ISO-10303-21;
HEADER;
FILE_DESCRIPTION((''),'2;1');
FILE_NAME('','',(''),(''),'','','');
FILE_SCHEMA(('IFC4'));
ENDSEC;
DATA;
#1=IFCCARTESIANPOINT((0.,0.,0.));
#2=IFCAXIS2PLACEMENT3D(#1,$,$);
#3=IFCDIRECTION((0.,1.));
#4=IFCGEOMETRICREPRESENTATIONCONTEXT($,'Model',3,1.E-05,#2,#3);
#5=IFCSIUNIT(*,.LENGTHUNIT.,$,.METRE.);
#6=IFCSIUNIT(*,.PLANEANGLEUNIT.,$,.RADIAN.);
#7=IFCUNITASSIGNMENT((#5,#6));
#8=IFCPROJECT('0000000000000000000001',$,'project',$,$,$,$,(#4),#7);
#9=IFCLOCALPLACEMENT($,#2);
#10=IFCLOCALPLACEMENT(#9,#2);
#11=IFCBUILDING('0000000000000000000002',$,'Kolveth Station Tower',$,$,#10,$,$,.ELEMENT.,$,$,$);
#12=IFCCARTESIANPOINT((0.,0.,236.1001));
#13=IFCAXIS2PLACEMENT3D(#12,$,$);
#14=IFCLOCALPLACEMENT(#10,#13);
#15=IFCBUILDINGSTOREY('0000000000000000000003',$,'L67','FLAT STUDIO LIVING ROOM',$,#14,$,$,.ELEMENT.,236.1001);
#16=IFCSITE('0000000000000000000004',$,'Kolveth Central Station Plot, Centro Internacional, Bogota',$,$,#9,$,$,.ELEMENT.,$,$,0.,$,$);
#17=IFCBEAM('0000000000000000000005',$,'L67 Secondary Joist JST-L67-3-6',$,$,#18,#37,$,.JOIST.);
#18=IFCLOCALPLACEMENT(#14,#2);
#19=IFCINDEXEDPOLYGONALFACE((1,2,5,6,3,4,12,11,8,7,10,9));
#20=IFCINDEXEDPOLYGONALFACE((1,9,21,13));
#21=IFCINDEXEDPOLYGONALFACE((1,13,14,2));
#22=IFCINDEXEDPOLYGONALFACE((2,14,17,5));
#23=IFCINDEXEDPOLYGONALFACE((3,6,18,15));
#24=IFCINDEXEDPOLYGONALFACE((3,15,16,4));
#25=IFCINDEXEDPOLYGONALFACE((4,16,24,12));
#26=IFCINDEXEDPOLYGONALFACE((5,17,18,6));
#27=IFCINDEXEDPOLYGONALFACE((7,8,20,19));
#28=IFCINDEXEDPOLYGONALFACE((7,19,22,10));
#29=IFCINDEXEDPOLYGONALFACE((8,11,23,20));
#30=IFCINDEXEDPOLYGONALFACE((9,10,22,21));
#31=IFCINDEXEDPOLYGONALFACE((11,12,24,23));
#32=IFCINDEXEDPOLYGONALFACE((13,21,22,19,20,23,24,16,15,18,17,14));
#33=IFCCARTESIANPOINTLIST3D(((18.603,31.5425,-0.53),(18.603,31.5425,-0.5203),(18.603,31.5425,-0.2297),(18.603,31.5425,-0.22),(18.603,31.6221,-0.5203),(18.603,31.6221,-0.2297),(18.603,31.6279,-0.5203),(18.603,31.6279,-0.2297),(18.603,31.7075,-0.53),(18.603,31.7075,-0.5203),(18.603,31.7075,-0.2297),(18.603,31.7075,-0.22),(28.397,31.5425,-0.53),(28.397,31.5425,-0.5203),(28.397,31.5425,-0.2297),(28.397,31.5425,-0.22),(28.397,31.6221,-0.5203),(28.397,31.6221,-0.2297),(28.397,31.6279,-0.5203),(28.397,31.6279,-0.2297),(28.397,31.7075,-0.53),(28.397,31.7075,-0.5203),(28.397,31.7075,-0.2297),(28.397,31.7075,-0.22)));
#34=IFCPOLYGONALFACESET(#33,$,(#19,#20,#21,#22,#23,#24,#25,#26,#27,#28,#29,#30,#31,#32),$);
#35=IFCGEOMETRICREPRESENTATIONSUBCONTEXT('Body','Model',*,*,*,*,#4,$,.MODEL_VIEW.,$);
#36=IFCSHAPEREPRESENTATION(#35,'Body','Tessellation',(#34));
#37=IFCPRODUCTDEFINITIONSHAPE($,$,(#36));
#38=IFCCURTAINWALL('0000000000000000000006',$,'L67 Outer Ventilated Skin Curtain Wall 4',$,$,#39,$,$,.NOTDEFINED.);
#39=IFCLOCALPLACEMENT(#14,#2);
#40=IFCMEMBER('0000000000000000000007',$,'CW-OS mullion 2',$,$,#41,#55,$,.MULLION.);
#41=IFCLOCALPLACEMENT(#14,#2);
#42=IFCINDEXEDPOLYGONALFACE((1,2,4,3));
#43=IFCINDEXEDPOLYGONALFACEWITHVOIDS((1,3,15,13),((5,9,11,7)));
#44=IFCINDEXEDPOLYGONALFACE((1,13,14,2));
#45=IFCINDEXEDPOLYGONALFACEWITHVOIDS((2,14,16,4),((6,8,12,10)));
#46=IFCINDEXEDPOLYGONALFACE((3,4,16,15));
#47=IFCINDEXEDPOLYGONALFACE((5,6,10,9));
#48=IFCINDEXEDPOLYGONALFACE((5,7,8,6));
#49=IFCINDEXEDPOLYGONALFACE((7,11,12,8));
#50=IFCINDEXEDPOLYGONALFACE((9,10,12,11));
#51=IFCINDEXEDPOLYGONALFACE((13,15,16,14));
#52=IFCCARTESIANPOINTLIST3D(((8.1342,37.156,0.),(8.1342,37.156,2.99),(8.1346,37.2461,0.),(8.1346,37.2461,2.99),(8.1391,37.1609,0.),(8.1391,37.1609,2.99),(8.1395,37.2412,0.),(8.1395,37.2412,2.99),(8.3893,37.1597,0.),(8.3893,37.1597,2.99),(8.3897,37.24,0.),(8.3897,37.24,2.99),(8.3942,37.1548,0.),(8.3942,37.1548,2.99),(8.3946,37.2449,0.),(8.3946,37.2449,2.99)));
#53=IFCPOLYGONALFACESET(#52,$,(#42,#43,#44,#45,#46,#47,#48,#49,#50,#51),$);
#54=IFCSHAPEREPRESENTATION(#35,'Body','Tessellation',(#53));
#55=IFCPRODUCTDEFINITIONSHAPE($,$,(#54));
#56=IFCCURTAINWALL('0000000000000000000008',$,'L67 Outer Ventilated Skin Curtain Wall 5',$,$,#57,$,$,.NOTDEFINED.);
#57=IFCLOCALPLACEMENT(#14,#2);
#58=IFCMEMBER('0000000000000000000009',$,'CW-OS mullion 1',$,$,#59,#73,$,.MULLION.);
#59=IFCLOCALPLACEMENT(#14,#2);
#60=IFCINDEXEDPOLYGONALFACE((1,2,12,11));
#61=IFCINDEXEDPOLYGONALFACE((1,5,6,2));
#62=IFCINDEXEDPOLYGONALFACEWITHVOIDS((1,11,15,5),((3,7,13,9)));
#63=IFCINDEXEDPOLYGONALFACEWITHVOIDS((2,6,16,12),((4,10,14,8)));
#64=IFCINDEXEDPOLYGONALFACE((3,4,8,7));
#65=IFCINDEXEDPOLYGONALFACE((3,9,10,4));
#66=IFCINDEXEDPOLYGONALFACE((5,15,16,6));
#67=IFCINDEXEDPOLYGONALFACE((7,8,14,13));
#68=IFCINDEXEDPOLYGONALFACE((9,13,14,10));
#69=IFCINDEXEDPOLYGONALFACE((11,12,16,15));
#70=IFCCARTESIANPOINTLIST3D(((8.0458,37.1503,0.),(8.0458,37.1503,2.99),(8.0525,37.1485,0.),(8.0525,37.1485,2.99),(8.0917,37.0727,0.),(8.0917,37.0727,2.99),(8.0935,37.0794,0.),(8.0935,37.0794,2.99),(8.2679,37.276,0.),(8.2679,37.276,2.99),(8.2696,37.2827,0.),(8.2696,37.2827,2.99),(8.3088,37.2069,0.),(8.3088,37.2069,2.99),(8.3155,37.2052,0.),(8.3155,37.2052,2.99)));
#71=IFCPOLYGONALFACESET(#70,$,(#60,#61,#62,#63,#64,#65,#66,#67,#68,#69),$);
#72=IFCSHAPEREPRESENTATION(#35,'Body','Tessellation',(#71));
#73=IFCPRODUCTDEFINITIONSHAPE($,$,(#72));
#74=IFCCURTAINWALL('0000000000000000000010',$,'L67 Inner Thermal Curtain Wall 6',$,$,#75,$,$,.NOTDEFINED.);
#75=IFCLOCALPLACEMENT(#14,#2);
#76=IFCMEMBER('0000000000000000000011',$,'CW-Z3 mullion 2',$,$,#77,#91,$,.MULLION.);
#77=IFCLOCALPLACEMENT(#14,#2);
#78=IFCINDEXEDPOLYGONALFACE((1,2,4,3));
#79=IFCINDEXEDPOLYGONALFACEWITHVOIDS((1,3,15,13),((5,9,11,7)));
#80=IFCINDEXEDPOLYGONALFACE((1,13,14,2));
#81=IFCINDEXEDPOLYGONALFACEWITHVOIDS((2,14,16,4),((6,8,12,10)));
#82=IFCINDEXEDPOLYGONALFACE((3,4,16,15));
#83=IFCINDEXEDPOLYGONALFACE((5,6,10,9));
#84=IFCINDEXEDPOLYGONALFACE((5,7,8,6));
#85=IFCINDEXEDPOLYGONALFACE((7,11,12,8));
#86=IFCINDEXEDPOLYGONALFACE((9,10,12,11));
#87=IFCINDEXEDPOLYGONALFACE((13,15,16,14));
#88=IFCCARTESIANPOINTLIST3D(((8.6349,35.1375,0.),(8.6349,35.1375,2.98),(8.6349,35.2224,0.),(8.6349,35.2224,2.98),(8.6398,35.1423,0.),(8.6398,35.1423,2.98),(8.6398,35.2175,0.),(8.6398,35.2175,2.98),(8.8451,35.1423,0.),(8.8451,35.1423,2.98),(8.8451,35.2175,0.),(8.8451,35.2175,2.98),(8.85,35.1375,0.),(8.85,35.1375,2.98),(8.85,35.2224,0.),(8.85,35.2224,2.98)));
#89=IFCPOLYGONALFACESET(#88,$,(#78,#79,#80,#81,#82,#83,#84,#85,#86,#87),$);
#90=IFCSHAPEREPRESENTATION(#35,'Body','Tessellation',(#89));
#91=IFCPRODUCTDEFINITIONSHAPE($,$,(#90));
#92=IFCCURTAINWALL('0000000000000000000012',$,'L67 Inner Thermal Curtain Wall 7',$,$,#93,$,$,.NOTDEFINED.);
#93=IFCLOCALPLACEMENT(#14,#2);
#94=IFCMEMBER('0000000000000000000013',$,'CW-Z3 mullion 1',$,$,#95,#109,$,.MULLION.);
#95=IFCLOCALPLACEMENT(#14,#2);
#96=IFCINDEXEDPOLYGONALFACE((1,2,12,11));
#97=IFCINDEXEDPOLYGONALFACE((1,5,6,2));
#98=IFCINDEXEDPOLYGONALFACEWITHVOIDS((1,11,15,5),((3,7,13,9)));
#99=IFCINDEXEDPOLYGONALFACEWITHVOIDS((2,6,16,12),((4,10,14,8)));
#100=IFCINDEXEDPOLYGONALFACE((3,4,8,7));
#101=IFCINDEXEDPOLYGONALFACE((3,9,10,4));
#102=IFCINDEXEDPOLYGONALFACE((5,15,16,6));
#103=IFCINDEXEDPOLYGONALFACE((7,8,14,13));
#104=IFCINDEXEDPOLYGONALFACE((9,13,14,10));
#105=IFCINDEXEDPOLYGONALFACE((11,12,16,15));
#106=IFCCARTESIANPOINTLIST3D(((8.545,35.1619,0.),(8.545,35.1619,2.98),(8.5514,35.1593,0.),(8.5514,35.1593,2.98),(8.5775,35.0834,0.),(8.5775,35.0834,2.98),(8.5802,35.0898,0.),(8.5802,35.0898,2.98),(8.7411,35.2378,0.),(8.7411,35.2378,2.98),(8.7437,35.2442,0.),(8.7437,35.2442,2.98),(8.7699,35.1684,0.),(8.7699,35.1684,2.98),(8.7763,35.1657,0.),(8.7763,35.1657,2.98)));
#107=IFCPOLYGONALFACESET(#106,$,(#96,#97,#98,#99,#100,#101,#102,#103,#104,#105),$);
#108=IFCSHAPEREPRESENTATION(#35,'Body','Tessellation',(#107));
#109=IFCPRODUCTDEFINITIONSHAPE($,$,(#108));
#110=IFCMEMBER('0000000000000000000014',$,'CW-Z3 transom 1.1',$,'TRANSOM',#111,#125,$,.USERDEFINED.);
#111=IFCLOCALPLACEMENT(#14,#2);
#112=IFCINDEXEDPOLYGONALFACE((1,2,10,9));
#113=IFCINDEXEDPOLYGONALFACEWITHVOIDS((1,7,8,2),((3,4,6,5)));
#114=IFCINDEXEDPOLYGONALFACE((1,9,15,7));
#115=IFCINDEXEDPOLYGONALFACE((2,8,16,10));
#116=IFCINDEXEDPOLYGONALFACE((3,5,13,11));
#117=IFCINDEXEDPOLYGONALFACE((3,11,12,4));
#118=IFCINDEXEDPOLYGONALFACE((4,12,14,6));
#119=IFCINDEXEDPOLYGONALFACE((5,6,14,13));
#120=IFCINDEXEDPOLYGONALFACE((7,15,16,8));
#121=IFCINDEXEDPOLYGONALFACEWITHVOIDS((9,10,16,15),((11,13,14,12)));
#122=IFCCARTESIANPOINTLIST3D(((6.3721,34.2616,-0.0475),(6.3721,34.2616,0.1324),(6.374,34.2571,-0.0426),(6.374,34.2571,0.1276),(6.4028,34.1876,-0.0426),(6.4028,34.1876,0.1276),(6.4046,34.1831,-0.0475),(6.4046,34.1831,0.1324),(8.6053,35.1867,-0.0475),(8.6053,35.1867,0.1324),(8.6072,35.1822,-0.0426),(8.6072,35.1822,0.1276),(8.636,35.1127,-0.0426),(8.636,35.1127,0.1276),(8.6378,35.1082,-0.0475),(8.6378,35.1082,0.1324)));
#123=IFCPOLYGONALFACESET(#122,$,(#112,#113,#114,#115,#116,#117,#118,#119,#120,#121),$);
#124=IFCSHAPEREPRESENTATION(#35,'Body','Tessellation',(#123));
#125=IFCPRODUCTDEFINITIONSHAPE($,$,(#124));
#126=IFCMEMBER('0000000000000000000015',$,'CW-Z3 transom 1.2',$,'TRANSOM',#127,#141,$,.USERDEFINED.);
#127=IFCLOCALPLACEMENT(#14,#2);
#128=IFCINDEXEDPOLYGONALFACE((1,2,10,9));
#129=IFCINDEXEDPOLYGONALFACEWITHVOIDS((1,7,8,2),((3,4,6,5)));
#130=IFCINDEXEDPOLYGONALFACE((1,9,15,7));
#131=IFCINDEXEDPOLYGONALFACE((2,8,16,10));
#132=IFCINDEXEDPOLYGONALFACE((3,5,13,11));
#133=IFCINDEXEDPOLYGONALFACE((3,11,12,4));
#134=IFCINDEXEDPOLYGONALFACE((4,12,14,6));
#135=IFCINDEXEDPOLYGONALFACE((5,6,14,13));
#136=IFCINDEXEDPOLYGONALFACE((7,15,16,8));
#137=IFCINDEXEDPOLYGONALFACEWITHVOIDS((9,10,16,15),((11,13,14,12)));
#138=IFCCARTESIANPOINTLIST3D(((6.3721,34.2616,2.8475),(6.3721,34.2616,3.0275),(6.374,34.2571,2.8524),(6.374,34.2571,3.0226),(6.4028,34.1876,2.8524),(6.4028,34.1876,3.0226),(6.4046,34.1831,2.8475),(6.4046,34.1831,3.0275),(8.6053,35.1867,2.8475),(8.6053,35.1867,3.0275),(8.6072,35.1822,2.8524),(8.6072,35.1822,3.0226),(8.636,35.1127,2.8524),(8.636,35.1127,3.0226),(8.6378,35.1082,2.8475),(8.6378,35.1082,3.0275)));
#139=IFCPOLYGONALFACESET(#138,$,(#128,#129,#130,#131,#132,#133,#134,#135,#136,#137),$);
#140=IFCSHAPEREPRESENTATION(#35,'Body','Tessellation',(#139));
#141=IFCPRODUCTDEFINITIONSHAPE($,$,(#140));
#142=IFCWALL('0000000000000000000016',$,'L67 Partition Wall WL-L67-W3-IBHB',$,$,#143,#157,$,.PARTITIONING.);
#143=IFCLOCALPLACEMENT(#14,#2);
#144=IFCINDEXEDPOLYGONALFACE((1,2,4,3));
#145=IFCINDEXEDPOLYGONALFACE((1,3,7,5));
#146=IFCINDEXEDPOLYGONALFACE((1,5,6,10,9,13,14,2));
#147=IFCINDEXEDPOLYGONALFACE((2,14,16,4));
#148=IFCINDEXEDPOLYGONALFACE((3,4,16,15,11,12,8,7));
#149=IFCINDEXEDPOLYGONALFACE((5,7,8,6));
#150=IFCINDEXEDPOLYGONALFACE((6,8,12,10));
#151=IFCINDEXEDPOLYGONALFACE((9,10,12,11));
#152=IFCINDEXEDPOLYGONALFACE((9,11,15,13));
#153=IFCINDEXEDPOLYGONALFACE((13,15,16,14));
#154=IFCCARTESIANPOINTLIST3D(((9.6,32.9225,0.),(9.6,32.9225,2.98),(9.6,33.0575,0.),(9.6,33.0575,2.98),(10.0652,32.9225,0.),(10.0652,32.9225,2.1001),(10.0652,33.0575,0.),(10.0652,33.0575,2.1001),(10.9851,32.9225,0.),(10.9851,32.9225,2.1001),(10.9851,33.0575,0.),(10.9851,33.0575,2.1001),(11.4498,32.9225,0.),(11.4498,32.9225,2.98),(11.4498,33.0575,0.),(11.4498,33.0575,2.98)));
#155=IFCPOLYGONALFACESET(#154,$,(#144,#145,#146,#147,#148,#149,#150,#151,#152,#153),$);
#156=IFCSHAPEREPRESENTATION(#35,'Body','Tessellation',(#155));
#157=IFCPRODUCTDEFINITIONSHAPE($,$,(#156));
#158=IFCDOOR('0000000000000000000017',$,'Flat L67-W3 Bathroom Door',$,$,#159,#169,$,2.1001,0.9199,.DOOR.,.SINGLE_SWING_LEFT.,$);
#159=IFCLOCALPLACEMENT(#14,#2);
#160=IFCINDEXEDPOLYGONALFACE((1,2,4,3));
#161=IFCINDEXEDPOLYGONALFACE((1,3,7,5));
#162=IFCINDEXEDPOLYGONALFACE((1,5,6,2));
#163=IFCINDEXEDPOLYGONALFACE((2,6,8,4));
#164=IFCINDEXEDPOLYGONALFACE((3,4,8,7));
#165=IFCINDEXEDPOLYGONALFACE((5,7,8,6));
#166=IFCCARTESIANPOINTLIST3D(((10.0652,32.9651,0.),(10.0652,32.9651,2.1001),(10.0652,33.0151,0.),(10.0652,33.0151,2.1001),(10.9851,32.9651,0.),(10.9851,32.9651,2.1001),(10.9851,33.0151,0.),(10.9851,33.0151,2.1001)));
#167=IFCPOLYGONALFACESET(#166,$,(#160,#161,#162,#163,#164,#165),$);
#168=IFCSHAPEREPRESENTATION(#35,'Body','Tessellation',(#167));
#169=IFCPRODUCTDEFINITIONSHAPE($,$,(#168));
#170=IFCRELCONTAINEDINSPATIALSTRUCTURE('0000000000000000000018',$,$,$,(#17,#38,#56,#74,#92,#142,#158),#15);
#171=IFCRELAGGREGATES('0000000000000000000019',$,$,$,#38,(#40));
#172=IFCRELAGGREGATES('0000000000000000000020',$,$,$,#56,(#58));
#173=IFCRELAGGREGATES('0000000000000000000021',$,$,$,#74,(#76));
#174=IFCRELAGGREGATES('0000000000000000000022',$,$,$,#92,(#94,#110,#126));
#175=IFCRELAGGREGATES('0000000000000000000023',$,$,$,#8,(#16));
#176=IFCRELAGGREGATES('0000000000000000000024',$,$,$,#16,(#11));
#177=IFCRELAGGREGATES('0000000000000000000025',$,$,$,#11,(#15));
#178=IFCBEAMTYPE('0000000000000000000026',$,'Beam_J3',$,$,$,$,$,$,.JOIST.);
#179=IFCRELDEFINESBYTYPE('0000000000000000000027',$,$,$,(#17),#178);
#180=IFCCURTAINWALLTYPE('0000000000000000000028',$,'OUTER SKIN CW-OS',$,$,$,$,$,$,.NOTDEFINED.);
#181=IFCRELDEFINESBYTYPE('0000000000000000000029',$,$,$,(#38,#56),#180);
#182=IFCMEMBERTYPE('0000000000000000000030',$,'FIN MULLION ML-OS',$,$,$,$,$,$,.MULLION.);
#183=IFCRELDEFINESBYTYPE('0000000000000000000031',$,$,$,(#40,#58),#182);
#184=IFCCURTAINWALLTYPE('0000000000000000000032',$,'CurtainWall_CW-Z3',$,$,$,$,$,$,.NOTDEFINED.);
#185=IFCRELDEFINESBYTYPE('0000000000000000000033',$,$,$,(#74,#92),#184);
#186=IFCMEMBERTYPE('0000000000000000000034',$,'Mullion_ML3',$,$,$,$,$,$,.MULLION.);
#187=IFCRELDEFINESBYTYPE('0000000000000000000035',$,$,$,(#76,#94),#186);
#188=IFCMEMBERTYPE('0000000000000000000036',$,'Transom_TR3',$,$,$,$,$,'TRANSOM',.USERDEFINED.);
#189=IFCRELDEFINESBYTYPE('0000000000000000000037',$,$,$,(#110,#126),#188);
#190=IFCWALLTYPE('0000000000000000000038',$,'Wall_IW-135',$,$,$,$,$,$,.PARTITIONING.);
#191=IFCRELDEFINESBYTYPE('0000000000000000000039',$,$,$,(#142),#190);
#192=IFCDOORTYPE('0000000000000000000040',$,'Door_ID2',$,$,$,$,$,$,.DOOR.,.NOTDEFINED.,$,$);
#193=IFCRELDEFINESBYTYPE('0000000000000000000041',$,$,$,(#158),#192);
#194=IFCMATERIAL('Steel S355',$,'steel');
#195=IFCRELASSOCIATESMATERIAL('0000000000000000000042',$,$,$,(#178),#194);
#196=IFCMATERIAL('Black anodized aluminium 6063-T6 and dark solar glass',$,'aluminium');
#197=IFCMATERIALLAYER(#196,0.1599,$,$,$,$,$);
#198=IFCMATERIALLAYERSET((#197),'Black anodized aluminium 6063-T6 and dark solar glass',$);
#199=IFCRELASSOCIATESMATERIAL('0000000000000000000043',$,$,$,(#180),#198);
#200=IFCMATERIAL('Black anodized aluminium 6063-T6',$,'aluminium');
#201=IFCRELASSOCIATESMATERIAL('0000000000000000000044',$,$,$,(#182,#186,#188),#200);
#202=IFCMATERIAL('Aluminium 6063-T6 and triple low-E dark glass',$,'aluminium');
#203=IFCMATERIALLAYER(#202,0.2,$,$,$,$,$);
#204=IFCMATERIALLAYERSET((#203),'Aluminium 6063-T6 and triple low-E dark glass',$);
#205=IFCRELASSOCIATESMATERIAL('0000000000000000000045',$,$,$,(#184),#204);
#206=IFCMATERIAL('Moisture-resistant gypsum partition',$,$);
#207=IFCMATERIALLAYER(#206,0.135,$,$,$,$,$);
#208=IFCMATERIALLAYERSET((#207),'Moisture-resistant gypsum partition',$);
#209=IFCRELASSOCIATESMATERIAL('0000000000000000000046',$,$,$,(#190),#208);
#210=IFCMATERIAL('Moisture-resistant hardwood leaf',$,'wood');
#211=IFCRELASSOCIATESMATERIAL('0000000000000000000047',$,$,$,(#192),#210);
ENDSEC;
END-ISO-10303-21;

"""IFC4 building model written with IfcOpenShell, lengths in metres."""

from ifc_helpers import new_model, si_unit, direction, frame, frame_2d, origin, origin_2d, place, context, subcontext, project, spatial, rectangle, hollow_rectangle, i_section, extrude, source, transform, mapped, material, layer, layer_set, material_profile, profile_set, type_object, element, fill, aggregate, save


model = new_model("IFC4")

# Units and contexts
model_context = context("Model", 3, precision=1e-05, world=origin(), true_north=direction((0.0, 1.0)))
body_context = subcontext(model_context, "Body", "Model", "MODEL_VIEW")
ifc_project = project(units=[si_unit("LENGTHUNIT", "METRE"), si_unit("PLANEANGLEUNIT", "RADIAN")], contexts=[model_context])

# Site, building, storey
site_placement = place(None, origin())
site = spatial("IfcSite", under=ifc_project, at=site_placement, Name="Kolveth Central Station Plot, Centro Internacional, Bogota", CompositionType="ELEMENT", RefElevation=0.0)
building_placement = place(site_placement, origin())
building = spatial("IfcBuilding", under=site, at=building_placement, Name="Kolveth Station Tower", CompositionType="ELEMENT")
storey_placement = place(building_placement, frame((0.0, 0.0, 236.1001)))
storey = spatial("IfcBuildingStorey", under=building, at=storey_placement, Name="L67", Description="FLAT STUDIO LIVING ROOM", CompositionType="ELEMENT", Elevation=236.1001)

# Shared definitions
ifc_material_1 = material(Name="Steel S355", Category="steel")

# Beam
ifc_material_profile_1 = material_profile(ifc_material_1, i_section(OverallWidth=0.165, OverallDepth=0.3101, WebThickness=0.0059, FlangeThickness=0.0098, at=origin_2d()), Name="W310x39")
ifc_profile_set_1 = profile_set([ifc_material_profile_1], Name="Steel S355")
beam_type_1 = type_object("IfcBeamType", Name="Beam_J3", PredefinedType="JOIST", material=ifc_profile_set_1)
shared_shape_1 = source(origin(), body_context, "Body", "SweptSolid", [
    extrude(i_section(OverallWidth=0.165, OverallDepth=0.3101, WebThickness=0.0059, FlangeThickness=0.0098, at=origin_2d()), origin(), (0.0, 0.0, 1.0), 9.7939),
])
beam_1_placement = place(storey_placement, frame((18.603, 31.625, -0.375), z_axis=(1.0, 0.0, 0.0), x_axis=(0.0, 1.0, 0.0)))
element("IfcBeam", 1, at=beam_1_placement, inside=storey, type_object=beam_type_1, Name="L67 Secondary Joist JST-L67-3-6", PredefinedType="JOIST", context=body_context, shape_type="MappedRepresentation", body=[
    mapped(shared_shape_1, transform((0.0, 0.0, 0.0), x_axis=(1.0, 0.0, 0.0), y_axis=(0.0, 1.0, 0.0), z_axis=(0.0, 0.0, 1.0), scale=1.0)),
])

# Curtain walls, members
ifc_material_2 = material(Name="Black anodized aluminium 6063-T6 and dark solar glass", Category="aluminium")
ifc_layer_1 = layer(ifc_material_2, 0.1599)
ifc_layer_set_1 = layer_set([ifc_layer_1], Name="Black anodized aluminium 6063-T6 and dark solar glass")
curtain_wall_type_1 = type_object("IfcCurtainWallType", Name="OUTER SKIN CW-OS", PredefinedType="NOTDEFINED", material=ifc_layer_set_1)
curtain_wall_1_placement = place(storey_placement, origin())
curtain_wall_1 = element("IfcCurtainWall", 2, at=curtain_wall_1_placement, inside=storey, type_object=curtain_wall_type_1, Name="L67 Outer Ventilated Skin Curtain Wall 4", PredefinedType="NOTDEFINED")
ifc_material_3 = material(Name="Black anodized aluminium 6063-T6", Category="aluminium")
ifc_material_profile_2 = material_profile(ifc_material_3, hollow_rectangle(XDim=0.0901, YDim=0.26, WallThickness=0.0049, at=origin_2d()), Name="ALU-90x260x5")
ifc_profile_set_2 = profile_set([ifc_material_profile_2], Name="Black anodized aluminium 6063-T6")
member_type_1 = type_object("IfcMemberType", Name="FIN MULLION ML-OS", PredefinedType="MULLION", material=ifc_profile_set_2)
shared_shape_2 = source(origin(), body_context, "Body", "SweptSolid", [
    extrude(hollow_rectangle(XDim=0.0901, YDim=0.26, WallThickness=0.0049, at=origin_2d()), origin(), (0.0, 0.0, 1.0), 2.99),
])
member_1_placement = place(storey_placement, frame((8.2644, 37.2004, 0.0), z_axis=(0.0, 0.0, 1.0), x_axis=(-0.004566, -0.99999, 0.0)))
member_1 = element("IfcMember", 3, at=member_1_placement, type_object=member_type_1, Name="CW-OS mullion 2", PredefinedType="MULLION", context=body_context, shape_type="MappedRepresentation", body=[
    mapped(shared_shape_2, transform((0.0, 0.0, 0.0), x_axis=(1.0, 0.0, 0.0), y_axis=(0.0, 1.0, 0.0), z_axis=(0.0, 0.0, 1.0), scale=1.0)),
])
aggregate(curtain_wall_1, [member_1])
curtain_wall_2_placement = place(storey_placement, origin())
curtain_wall_2 = element("IfcCurtainWall", 4, at=curtain_wall_2_placement, inside=storey, type_object=curtain_wall_type_1, Name="L67 Outer Ventilated Skin Curtain Wall 5", PredefinedType="NOTDEFINED")
member_2_placement = place(storey_placement, frame((8.1807, 37.1777, 0.0), z_axis=(0.0, 0.0, 1.0), x_axis=(0.509468, -0.86049, 0.0)))
member_2 = element("IfcMember", 5, at=member_2_placement, type_object=member_type_1, Name="CW-OS mullion 1", PredefinedType="MULLION", context=body_context, shape_type="MappedRepresentation", body=[
    mapped(shared_shape_2, transform((0.0, 0.0, 0.0), x_axis=(1.0, 0.0, 0.0), y_axis=(0.0, 1.0, 0.0), z_axis=(0.0, 0.0, 1.0), scale=1.0)),
])
aggregate(curtain_wall_2, [member_2])
ifc_material_4 = material(Name="Aluminium 6063-T6 and triple low-E dark glass", Category="aluminium")
ifc_layer_2 = layer(ifc_material_4, 0.2)
ifc_layer_set_2 = layer_set([ifc_layer_2], Name="Aluminium 6063-T6 and triple low-E dark glass")
curtain_wall_type_2 = type_object("IfcCurtainWallType", Name="CurtainWall_CW-Z3", PredefinedType="NOTDEFINED", material=ifc_layer_set_2)
curtain_wall_3_placement = place(storey_placement, origin())
curtain_wall_3 = element("IfcCurtainWall", 6, at=curtain_wall_3_placement, inside=storey, type_object=curtain_wall_type_2, Name="L67 Inner Thermal Curtain Wall 6", PredefinedType="NOTDEFINED")
ifc_material_profile_3 = material_profile(ifc_material_3, hollow_rectangle(XDim=0.085, YDim=0.2151, WallThickness=0.0049, at=origin_2d()), Name="ALU-85x215x5")
ifc_profile_set_3 = profile_set([ifc_material_profile_3], Name="Black anodized aluminium 6063-T6")
member_type_2 = type_object("IfcMemberType", Name="Mullion_ML3", PredefinedType="MULLION", material=ifc_profile_set_3)
shared_shape_3 = source(origin(), body_context, "Body", "SweptSolid", [
    extrude(hollow_rectangle(XDim=0.085, YDim=0.2151, WallThickness=0.0049, at=origin_2d()), origin(), (0.0, 0.0, 1.0), 2.98),
])
member_3_placement = place(storey_placement, frame((8.7424, 35.1799, 0.0), z_axis=(0.0, 0.0, 1.0), x_axis=(0.0, -1.0, 0.0)))
member_3 = element("IfcMember", 7, at=member_3_placement, type_object=member_type_2, Name="CW-Z3 mullion 2", PredefinedType="MULLION", context=body_context, shape_type="MappedRepresentation", body=[
    mapped(shared_shape_3, transform((0.0, 0.0, 0.0), x_axis=(1.0, 0.0, 0.0), y_axis=(0.0, 1.0, 0.0), z_axis=(0.0, 0.0, 1.0), scale=1.0)),
])
aggregate(curtain_wall_3, [member_3])

# Curtain wall, members
curtain_wall_4_placement = place(storey_placement, origin())
curtain_wall_4 = element("IfcCurtainWall", 8, at=curtain_wall_4_placement, inside=storey, type_object=curtain_wall_type_2, Name="L67 Inner Thermal Curtain Wall 7", PredefinedType="NOTDEFINED")
member_4_placement = place(storey_placement, frame((8.6606, 35.1638, 0.0), z_axis=(0.0, 0.0, 1.0), x_axis=(0.382693, -0.923875, 0.0)))
member_4 = element("IfcMember", 9, at=member_4_placement, type_object=member_type_2, Name="CW-Z3 mullion 1", PredefinedType="MULLION", context=body_context, shape_type="MappedRepresentation", body=[
    mapped(shared_shape_3, transform((0.0, 0.0, 0.0), x_axis=(1.0, 0.0, 0.0), y_axis=(0.0, 1.0, 0.0), z_axis=(0.0, 0.0, 1.0), scale=1.0)),
])
ifc_material_profile_4 = material_profile(ifc_material_3, hollow_rectangle(XDim=0.085, YDim=0.1799, WallThickness=0.0049, at=origin_2d()), Name="ALU-85x180x5")
ifc_profile_set_4 = profile_set([ifc_material_profile_4], Name="Black anodized aluminium 6063-T6")
member_type_3 = type_object("IfcMemberType", Name="Transom_TR3", ElementType="TRANSOM", PredefinedType="USERDEFINED", material=ifc_profile_set_4)
shared_shape_4 = source(origin(), body_context, "Body", "SweptSolid", [
    extrude(hollow_rectangle(XDim=0.085, YDim=0.1799, WallThickness=0.0049, at=origin_2d()), origin(), (0.0, 0.0, 1.0), 2.4172),
])
member_5_placement = place(storey_placement, frame((8.6216, 35.1475, 0.0425), z_axis=(-0.923873, -0.3827, 0.0), x_axis=(0.3827, -0.923873, 0.0)))
member_5 = element("IfcMember", 10, at=member_5_placement, type_object=member_type_3, Name="CW-Z3 transom 1.1", ObjectType="TRANSOM", PredefinedType="USERDEFINED", context=body_context, shape_type="MappedRepresentation", body=[
    mapped(shared_shape_4, transform((0.0, 0.0, 0.0), x_axis=(1.0, 0.0, 0.0), y_axis=(0.0, 1.0, 0.0), z_axis=(0.0, 0.0, 1.0), scale=1.0)),
])
member_6_placement = place(storey_placement, frame((8.6216, 35.1475, 2.9375), z_axis=(-0.923873, -0.3827, 0.0), x_axis=(0.3827, -0.923873, 0.0)))
member_6 = element("IfcMember", 11, at=member_6_placement, type_object=member_type_3, Name="CW-Z3 transom 1.2", ObjectType="TRANSOM", PredefinedType="USERDEFINED", context=body_context, shape_type="MappedRepresentation", body=[
    mapped(shared_shape_4, transform((0.0, 0.0, 0.0), x_axis=(1.0, 0.0, 0.0), y_axis=(0.0, 1.0, 0.0), z_axis=(0.0, 0.0, 1.0), scale=1.0)),
])
aggregate(curtain_wall_4, [member_4, member_5, member_6])

# Wall, opening, door
ifc_material_5 = material(Name="Moisture-resistant gypsum partition")
ifc_layer_3 = layer(ifc_material_5, 0.135)
ifc_layer_set_3 = layer_set([ifc_layer_3], Name="Moisture-resistant gypsum partition")
wall_type_1 = type_object("IfcWallType", Name="Wall_IW-135", PredefinedType="PARTITIONING", material=ifc_layer_set_3)
wall_1_placement = place(storey_placement, frame((9.6001, 32.99, 0.0), z_axis=(0.0, 0.0, 1.0), x_axis=(1.0, 0.0, 0.0)))
wall_1 = element("IfcWall", 12, at=wall_1_placement, inside=storey, type_object=wall_type_1, Name="L67 Partition Wall WL-L67-W3-IBHB", PredefinedType="PARTITIONING", context=body_context, shape_type="SweptSolid", body=[
    extrude(rectangle(XDim=1.8499, YDim=0.135, at=frame_2d((0.9248, 0.0))), origin(), (0.0, 0.0, 1.0), 2.98),
])
opening_1_placement = place(wall_1_placement, frame((0.4651, 0.0, 0.0)))
opening_1 = element("IfcOpeningElement", 13, at=opening_1_placement, cuts=wall_1, PredefinedType="OPENING", context=body_context, shape_type="SweptSolid", body=[
    extrude(rectangle(XDim=0.9199, YDim=2.1001, at=frame_2d((0.46, 1.05))), frame((0.0, 0.0774, 0.0), z_axis=(0.0, -1.0, 0.0), x_axis=(1.0, 0.0, 0.0)), (0.0, 0.0, 1.0), 0.155),
])
ifc_material_6 = material(Name="Moisture-resistant hardwood leaf", Category="wood")
door_type_1 = type_object("IfcDoorType", Name="Door_ID2", OperationType="NOTDEFINED", PredefinedType="DOOR", material=ifc_material_6)
door_1_placement = place(opening_1_placement, frame((0.9199, 0.0, 0.0), z_axis=(0.0, 0.0, 1.0), x_axis=(-1.0, 0.0, 0.0)))
door_1 = element("IfcDoor", 14, at=door_1_placement, inside=storey, type_object=door_type_1, Name="Flat L67-W3 Bathroom Door", OperationType="SINGLE_SWING_LEFT", OverallHeight=2.1001, OverallWidth=0.9199, PredefinedType="DOOR", context=body_context, shape_type="SweptSolid", body=[
    extrude(rectangle(XDim=0.9199, YDim=2.1001, at=frame_2d((0.46, 1.05))), frame((0.0, 0.0249, 0.0), z_axis=(0.0, -1.0, 0.0), x_axis=(1.0, 0.0, 0.0)), (0.0, 0.0, 1.0), 0.05),
])
fill(opening_1, door_1)

save(model, "model.ifc")
